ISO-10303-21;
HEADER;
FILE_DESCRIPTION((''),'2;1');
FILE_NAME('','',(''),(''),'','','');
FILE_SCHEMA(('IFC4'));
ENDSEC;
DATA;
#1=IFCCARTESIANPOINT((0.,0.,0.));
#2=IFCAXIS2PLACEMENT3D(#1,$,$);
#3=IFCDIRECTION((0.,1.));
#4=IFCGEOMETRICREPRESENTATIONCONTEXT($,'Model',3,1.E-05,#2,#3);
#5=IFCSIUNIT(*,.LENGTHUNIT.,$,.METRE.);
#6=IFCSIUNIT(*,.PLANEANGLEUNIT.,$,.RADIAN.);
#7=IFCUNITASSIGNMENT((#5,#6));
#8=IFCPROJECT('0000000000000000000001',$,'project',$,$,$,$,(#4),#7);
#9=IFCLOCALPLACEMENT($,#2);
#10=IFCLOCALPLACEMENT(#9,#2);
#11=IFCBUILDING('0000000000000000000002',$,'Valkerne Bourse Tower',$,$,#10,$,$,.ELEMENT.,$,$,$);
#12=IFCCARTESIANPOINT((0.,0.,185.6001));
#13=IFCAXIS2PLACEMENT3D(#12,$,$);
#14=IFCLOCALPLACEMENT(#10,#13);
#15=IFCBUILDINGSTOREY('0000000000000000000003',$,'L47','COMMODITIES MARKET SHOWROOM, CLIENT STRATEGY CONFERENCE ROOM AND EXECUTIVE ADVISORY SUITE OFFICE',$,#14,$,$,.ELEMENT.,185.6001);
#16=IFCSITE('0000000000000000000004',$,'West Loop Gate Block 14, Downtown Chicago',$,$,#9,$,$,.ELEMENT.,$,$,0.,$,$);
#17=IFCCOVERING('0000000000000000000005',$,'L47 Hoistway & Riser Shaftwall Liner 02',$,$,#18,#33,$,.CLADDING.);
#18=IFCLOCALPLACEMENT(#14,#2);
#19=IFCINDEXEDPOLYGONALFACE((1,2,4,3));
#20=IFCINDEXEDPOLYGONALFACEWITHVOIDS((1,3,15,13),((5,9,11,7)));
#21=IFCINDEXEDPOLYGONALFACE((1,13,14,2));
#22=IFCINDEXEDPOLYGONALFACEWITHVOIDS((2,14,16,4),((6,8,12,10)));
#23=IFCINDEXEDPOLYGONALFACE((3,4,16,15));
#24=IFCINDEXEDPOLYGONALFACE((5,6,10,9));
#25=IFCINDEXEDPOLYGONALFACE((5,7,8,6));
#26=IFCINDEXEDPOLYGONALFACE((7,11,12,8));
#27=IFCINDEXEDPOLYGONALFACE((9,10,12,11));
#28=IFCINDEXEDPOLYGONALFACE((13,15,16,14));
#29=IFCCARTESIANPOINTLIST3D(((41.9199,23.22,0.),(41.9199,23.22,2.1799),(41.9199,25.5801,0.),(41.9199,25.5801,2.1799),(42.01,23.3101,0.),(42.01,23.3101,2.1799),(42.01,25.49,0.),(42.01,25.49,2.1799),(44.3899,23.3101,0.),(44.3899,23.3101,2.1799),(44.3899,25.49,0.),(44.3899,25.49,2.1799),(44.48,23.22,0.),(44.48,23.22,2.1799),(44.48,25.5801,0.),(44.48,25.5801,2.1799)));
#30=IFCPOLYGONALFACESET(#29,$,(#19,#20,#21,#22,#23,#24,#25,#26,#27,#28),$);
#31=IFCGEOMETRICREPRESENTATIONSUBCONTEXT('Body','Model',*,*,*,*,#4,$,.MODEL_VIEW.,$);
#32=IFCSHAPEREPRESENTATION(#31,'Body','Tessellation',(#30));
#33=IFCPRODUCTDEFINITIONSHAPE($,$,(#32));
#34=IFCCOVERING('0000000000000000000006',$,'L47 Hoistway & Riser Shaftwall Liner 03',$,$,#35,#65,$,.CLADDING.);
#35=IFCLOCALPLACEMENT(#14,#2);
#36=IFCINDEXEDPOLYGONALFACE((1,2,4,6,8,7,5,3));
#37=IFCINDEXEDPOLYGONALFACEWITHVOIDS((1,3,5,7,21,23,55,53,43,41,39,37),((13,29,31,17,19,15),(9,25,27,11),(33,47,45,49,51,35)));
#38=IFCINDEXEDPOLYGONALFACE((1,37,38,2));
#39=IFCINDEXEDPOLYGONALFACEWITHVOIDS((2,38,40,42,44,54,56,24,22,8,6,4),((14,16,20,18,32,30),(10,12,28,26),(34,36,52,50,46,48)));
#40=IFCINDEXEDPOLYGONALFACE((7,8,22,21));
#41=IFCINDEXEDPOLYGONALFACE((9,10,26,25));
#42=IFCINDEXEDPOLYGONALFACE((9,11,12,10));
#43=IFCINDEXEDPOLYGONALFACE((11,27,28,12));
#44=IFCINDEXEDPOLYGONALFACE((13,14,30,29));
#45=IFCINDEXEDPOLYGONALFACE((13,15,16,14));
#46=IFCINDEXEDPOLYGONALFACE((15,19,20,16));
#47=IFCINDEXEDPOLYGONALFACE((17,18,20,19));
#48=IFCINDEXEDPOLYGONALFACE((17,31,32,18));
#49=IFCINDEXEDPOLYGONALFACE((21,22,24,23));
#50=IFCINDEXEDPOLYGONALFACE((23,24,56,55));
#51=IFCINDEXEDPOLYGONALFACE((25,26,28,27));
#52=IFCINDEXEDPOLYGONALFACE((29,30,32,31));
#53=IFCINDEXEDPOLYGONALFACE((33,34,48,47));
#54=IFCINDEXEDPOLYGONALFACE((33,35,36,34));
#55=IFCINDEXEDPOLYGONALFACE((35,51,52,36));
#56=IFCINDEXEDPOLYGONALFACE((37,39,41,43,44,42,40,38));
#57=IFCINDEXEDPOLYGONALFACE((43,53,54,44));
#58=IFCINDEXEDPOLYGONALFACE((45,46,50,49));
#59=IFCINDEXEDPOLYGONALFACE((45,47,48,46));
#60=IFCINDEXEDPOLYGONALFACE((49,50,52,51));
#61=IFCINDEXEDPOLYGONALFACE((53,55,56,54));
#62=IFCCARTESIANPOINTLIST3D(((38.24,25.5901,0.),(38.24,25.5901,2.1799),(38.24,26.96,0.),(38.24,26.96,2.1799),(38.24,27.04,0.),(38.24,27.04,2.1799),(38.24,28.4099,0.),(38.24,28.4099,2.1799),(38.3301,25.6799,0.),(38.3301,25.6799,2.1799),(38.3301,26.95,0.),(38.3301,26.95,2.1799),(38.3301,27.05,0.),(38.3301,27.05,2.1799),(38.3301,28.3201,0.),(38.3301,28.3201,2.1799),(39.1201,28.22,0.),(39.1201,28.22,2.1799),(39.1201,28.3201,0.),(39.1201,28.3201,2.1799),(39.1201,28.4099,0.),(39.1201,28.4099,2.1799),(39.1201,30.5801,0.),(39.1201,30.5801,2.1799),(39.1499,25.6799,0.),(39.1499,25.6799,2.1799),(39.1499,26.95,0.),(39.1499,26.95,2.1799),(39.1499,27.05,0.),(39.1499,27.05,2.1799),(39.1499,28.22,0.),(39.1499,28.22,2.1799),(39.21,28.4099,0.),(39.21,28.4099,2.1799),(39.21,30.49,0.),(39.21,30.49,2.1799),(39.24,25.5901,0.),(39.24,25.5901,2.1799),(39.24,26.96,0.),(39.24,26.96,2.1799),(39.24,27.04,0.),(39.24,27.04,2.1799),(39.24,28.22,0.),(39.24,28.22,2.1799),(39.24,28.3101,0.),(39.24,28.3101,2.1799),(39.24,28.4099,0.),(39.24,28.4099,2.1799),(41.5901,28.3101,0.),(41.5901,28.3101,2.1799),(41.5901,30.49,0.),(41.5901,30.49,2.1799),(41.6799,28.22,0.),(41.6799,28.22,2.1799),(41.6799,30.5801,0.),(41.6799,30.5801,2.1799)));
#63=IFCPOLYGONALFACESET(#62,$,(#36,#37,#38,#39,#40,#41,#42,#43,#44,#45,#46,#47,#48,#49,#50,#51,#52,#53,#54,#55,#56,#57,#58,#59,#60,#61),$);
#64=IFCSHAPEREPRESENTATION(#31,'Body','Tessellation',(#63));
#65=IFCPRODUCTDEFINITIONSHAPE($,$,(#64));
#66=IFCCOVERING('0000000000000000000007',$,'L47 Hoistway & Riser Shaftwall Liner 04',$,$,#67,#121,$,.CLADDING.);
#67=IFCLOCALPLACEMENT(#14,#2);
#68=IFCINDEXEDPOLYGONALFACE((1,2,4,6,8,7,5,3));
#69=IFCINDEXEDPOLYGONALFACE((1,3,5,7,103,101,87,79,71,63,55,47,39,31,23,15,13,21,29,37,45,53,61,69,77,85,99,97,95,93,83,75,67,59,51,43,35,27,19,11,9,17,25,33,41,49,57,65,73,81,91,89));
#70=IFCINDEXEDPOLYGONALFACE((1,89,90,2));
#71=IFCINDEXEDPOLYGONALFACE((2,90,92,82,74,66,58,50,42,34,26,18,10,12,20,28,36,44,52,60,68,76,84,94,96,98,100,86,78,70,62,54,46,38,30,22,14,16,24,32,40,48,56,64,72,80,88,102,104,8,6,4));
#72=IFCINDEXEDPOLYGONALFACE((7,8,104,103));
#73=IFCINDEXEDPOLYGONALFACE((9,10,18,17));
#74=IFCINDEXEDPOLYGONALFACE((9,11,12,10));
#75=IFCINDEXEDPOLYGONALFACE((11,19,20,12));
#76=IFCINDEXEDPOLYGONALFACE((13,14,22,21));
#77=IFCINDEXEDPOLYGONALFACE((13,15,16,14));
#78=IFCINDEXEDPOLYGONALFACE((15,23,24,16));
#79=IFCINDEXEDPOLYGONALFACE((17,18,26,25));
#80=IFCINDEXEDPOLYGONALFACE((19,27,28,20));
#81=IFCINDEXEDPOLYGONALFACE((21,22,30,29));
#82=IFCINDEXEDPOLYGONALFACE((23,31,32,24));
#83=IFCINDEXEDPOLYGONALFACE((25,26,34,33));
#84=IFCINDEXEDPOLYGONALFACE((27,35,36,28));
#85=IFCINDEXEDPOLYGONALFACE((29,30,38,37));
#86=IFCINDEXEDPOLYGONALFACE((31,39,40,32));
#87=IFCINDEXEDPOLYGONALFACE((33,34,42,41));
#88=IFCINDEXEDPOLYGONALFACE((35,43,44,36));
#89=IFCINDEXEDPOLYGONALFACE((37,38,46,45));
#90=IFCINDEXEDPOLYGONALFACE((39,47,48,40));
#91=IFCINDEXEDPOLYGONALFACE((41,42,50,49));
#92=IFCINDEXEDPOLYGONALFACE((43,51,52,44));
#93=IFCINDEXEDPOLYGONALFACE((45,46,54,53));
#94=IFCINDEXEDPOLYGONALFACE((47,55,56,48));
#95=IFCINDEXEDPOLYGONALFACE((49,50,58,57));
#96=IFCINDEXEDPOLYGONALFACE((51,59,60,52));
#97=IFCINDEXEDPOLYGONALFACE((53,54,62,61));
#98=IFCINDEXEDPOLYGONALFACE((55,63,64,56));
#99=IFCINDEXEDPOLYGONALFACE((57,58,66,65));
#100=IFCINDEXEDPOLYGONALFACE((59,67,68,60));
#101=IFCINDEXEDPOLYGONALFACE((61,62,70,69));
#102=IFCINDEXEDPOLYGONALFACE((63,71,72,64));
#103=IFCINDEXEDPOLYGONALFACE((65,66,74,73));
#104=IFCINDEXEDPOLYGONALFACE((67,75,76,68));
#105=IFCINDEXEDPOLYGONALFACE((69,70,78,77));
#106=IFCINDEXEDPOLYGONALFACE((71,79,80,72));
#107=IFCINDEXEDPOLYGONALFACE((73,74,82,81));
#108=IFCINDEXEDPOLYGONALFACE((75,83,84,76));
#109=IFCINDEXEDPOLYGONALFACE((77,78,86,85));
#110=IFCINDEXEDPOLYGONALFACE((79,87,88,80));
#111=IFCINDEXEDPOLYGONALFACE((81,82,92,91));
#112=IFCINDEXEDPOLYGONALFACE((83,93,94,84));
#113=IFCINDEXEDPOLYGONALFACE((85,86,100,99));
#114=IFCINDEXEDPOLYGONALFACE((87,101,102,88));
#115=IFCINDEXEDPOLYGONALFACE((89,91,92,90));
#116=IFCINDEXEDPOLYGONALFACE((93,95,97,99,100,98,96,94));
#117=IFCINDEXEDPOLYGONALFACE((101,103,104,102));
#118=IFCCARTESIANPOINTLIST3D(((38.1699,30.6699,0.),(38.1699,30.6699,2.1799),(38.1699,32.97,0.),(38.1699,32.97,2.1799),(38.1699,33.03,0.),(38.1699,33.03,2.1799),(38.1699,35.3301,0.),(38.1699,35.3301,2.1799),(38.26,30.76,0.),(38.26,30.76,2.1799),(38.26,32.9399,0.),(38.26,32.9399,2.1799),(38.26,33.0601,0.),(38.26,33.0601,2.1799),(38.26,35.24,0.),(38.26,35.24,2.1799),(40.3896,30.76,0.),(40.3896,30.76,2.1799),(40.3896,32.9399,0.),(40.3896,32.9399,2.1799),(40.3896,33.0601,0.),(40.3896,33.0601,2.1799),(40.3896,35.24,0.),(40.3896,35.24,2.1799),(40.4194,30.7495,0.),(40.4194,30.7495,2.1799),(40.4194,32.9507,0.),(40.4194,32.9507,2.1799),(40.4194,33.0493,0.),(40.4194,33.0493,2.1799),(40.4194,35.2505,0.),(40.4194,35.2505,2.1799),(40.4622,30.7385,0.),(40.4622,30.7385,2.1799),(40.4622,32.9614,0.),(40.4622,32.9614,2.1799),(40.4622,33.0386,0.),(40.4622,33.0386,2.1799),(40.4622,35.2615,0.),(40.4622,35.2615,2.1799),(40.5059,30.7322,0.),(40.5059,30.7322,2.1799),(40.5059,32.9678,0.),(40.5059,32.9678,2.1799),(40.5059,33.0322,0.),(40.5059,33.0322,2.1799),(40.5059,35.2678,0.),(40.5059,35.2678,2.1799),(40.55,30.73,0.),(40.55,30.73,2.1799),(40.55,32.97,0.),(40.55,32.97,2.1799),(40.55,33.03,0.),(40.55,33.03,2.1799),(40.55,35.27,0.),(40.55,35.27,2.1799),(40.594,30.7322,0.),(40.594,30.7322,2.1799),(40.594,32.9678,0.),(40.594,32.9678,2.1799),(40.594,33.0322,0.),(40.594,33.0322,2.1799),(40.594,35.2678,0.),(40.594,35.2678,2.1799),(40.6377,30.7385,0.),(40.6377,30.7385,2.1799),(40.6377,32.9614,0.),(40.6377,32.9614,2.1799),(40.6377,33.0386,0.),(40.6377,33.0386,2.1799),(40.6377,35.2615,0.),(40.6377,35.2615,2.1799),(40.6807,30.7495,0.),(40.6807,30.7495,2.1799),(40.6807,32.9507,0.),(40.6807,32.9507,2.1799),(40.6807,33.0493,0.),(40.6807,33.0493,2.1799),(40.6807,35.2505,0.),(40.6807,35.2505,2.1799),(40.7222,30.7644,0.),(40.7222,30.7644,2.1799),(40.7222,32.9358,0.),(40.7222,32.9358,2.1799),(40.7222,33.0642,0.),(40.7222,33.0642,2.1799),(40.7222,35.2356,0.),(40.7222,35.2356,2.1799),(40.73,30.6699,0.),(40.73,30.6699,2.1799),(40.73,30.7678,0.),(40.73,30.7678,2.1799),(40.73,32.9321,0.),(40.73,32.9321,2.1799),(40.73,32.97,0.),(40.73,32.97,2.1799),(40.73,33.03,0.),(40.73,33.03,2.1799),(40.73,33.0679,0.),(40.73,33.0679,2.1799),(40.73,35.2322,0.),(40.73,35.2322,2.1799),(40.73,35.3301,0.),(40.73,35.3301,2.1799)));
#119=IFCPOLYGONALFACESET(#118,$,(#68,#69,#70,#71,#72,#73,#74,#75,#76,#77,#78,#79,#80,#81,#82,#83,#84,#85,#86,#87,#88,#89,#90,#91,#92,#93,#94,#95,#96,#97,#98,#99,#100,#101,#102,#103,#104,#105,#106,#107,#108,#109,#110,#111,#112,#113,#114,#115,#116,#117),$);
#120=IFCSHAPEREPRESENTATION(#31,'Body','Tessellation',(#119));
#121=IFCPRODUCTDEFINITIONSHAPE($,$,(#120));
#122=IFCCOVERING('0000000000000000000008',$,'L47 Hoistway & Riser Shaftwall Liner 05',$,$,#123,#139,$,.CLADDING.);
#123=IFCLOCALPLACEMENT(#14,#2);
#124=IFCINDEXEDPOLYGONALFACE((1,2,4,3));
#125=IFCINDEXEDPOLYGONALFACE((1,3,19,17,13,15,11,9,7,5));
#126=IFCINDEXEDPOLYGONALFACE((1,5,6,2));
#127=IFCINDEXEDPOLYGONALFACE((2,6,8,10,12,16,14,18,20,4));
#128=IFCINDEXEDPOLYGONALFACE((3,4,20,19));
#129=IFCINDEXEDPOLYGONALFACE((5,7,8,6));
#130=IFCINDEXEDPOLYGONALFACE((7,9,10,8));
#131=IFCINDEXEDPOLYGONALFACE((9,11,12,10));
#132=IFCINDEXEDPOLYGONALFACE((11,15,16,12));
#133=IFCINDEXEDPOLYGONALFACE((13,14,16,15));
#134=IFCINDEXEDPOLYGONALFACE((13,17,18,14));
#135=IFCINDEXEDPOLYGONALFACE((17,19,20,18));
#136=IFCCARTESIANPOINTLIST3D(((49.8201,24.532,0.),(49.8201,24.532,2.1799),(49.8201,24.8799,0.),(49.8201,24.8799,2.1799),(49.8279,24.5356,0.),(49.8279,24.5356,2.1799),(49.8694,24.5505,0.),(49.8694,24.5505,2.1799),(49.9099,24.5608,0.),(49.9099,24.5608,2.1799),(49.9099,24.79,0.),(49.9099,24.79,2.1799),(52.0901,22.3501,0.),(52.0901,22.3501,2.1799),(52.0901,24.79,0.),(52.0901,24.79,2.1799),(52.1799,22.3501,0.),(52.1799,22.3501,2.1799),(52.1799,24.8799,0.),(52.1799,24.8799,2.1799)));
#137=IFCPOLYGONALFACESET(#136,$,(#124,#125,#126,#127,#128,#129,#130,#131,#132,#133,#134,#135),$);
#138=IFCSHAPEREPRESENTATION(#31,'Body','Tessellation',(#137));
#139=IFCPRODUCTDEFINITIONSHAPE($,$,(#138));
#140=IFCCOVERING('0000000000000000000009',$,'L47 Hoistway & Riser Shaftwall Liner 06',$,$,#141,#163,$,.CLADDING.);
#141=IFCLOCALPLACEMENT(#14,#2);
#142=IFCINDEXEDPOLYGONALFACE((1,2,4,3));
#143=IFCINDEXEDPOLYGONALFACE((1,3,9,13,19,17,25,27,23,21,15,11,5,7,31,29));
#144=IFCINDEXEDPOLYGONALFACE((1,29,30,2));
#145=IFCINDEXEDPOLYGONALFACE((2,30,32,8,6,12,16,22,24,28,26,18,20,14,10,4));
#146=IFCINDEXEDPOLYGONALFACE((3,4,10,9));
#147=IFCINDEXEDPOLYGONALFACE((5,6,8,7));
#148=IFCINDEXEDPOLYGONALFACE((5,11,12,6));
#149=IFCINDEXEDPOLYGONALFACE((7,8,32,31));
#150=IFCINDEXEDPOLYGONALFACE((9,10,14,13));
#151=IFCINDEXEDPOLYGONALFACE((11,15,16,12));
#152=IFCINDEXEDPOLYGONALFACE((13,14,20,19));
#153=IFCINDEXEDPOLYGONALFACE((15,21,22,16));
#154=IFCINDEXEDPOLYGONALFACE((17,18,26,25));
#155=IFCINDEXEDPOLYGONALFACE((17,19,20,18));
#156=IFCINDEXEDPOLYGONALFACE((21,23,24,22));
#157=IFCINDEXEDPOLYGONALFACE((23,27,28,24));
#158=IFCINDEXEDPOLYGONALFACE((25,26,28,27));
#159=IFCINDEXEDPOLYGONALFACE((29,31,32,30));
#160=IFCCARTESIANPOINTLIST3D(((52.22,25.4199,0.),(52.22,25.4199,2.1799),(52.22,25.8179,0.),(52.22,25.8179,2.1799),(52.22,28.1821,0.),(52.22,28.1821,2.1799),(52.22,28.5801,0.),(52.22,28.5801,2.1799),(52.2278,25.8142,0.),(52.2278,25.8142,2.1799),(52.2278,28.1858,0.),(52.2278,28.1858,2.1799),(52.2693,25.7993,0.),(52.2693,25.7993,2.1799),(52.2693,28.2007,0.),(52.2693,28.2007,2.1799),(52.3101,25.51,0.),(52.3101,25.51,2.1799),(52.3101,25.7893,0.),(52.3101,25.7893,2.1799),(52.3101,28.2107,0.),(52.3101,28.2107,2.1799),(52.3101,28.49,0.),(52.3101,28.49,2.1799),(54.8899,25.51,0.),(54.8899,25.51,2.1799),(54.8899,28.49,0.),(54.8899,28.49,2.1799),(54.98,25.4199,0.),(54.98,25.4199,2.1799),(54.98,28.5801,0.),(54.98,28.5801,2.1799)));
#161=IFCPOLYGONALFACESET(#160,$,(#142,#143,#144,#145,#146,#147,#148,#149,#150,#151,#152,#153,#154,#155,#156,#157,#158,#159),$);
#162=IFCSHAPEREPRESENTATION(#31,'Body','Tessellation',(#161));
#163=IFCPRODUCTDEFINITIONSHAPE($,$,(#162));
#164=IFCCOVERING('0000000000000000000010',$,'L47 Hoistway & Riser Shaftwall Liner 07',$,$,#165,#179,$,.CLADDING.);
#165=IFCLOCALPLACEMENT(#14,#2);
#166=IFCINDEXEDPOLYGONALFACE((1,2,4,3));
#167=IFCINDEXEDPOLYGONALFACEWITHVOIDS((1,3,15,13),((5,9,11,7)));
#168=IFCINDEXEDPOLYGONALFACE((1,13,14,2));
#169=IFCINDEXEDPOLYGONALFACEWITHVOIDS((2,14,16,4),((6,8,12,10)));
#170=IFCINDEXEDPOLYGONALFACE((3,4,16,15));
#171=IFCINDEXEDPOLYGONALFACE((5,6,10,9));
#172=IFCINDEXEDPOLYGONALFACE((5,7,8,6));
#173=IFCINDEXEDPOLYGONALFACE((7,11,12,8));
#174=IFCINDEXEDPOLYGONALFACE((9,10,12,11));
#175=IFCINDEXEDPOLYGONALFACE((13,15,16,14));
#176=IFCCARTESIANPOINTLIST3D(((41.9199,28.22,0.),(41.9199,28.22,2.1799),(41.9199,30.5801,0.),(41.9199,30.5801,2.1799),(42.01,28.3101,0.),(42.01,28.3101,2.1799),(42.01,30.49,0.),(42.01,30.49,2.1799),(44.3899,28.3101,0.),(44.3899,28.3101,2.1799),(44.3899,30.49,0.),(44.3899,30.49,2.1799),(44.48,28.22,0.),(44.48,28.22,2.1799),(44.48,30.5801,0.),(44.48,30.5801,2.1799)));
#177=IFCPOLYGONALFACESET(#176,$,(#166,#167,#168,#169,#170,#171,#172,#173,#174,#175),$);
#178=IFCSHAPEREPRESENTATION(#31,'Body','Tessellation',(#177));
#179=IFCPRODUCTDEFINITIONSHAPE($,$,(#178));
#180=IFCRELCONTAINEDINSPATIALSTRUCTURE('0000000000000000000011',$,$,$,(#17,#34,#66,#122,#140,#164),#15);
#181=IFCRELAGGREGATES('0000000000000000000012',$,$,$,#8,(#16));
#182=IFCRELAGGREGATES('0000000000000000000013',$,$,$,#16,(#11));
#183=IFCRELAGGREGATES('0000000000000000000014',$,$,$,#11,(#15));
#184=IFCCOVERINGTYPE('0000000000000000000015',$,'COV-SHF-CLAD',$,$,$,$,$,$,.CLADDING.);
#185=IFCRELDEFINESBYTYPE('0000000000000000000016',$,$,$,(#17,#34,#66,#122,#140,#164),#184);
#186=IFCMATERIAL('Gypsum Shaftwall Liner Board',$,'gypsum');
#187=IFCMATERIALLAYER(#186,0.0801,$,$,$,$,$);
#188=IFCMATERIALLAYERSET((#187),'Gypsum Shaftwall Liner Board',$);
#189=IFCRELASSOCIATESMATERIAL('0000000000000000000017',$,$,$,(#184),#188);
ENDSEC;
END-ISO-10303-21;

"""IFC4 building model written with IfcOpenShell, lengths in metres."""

from ifc_helpers import new_model, si_unit, direction, frame, origin, place, context, subcontext, project, spatial, polyline, outline, extrude, material, layer, layer_set, type_object, element, save


model = new_model("IFC4")

# Units and contexts
model_context = context("Model", 3, precision=1e-05, world=origin(), true_north=direction((0.0, 1.0)))
body_context = subcontext(model_context, "Body", "Model", "MODEL_VIEW")
ifc_project = project(units=[si_unit("LENGTHUNIT", "METRE"), si_unit("PLANEANGLEUNIT", "RADIAN")], contexts=[model_context])

# Site, building, storey
site_placement = place(None, origin())
site = spatial("IfcSite", under=ifc_project, at=site_placement, Name="West Loop Gate Block 14, Downtown Chicago", CompositionType="ELEMENT", RefElevation=0.0)
building_placement = place(site_placement, origin())
building = spatial("IfcBuilding", under=site, at=building_placement, Name="Valkerne Bourse Tower", CompositionType="ELEMENT")
storey_placement = place(building_placement, frame((0.0, 0.0, 185.6001)))
storey = spatial("IfcBuildingStorey", under=building, at=storey_placement, Name="L47", Description="COMMODITIES MARKET SHOWROOM, CLIENT STRATEGY CONFERENCE ROOM AND EXECUTIVE ADVISORY SUITE OFFICE", CompositionType="ELEMENT", Elevation=185.6001)

# Coverings
ifc_material_1 = material(Name="Gypsum Shaftwall Liner Board", Category="gypsum")
ifc_layer_1 = layer(ifc_material_1, 0.0801)
ifc_layer_set_1 = layer_set([ifc_layer_1], Name="Gypsum Shaftwall Liner Board")
covering_type_1 = type_object("IfcCoveringType", Name="COV-SHF-CLAD", PredefinedType="CLADDING", material=ifc_layer_set_1)
covering_1_placement = place(storey_placement, origin())
element("IfcCovering", 1, at=covering_1_placement, inside=storey, type_object=covering_type_1, Name="L47 Hoistway & Riser Shaftwall Liner 02", PredefinedType="CLADDING", context=body_context, shape_type="SweptSolid", body=[
    extrude(outline(polyline([(44.48, 23.22), (41.9199, 23.22), (41.9199, 25.5801), (44.48, 25.5801), (44.48, 23.22)]), holes=[polyline([(42.01, 25.49), (42.01, 23.3101), (44.3899, 23.3101), (44.3899, 25.49), (42.01, 25.49)])]), origin(), (0.0, 0.0, 1.0), 2.1799),
])
covering_2_placement = place(storey_placement, origin())
element("IfcCovering", 2, at=covering_2_placement, inside=storey, type_object=covering_type_1, Name="L47 Hoistway & Riser Shaftwall Liner 03", PredefinedType="CLADDING", context=body_context, shape_type="SweptSolid", body=[
    extrude(outline(polyline([(38.24, 28.4099), (39.1201, 28.4099), (39.1201, 30.5801), (41.6799, 30.5801), (41.6799, 28.22), (39.24, 28.22), (39.24, 27.04), (39.24, 26.96), (39.24, 25.5901), (38.24, 25.5901), (38.24, 26.96), (38.24, 27.04), (38.24, 28.4099)]), holes=[polyline([(38.3301, 26.95), (38.3301, 25.6799), (39.1499, 25.6799), (39.1499, 26.95), (38.3301, 26.95)]), polyline([(39.21, 30.49), (39.21, 28.4099), (39.24, 28.4099), (39.24, 28.3101), (41.5901, 28.3101), (41.5901, 30.49), (39.21, 30.49)]), polyline([(38.3301, 27.05), (39.1499, 27.05), (39.1499, 28.22), (39.1201, 28.22), (39.1201, 28.3201), (38.3301, 28.3201), (38.3301, 27.05)])]), origin(), (0.0, 0.0, 1.0), 2.1799),
])
covering_3_placement = place(storey_placement, origin())
element("IfcCovering", 3, at=covering_3_placement, inside=storey, type_object=covering_type_1, Name="L47 Hoistway & Riser Shaftwall Liner 04", PredefinedType="CLADDING", context=body_context, shape_type="SweptSolid", body=[
    extrude(outline(polyline([(38.1699, 35.3301), (40.73, 35.3301), (40.73, 35.2322), (40.7222, 35.2356), (40.6807, 35.2505), (40.6377, 35.2615), (40.594, 35.2678), (40.55, 35.27), (40.5059, 35.2678), (40.4622, 35.2615), (40.4194, 35.2505), (40.3896, 35.24), (38.26, 35.24), (38.26, 33.0601), (40.3896, 33.0601), (40.4194, 33.0493), (40.4622, 33.0386), (40.5059, 33.0322), (40.55, 33.03), (40.594, 33.0322), (40.6377, 33.0386), (40.6807, 33.0493), (40.7222, 33.0642), (40.73, 33.0679), (40.73, 33.03), (40.73, 32.97), (40.73, 32.9321), (40.7222, 32.9358), (40.6807, 32.9507), (40.6377, 32.9614), (40.594, 32.9678), (40.55, 32.97), (40.5059, 32.9678), (40.4622, 32.9614), (40.4194, 32.9507), (40.3896, 32.9399), (38.26, 32.9399), (38.26, 30.76), (40.3896, 30.76), (40.4194, 30.7495), (40.4622, 30.7385), (40.5059, 30.7322), (40.55, 30.73), (40.594, 30.7322), (40.6377, 30.7385), (40.6807, 30.7495), (40.7222, 30.7644), (40.73, 30.7678), (40.73, 30.6699), (38.1699, 30.6699), (38.1699, 32.97), (38.1699, 33.03), (38.1699, 35.3301)])), origin(), (0.0, 0.0, 1.0), 2.1799),
])
covering_4_placement = place(storey_placement, origin())
element("IfcCovering", 4, at=covering_4_placement, inside=storey, type_object=covering_type_1, Name="L47 Hoistway & Riser Shaftwall Liner 05", PredefinedType="CLADDING", context=body_context, shape_type="SweptSolid", body=[
    extrude(outline(polyline([(52.1799, 22.3501), (52.0901, 22.3501), (52.0901, 24.79), (49.9099, 24.79), (49.9099, 24.5608), (49.8694, 24.5505), (49.8279, 24.5356), (49.8201, 24.532), (49.8201, 24.8799), (52.1799, 24.8799), (52.1799, 22.3501)])), origin(), (0.0, 0.0, 1.0), 2.1799),
])
covering_5_placement = place(storey_placement, origin())
element("IfcCovering", 5, at=covering_5_placement, inside=storey, type_object=covering_type_1, Name="L47 Hoistway & Riser Shaftwall Liner 06", PredefinedType="CLADDING", context=body_context, shape_type="SweptSolid", body=[
    extrude(outline(polyline([(54.98, 25.4199), (52.22, 25.4199), (52.22, 25.8179), (52.2278, 25.8142), (52.2693, 25.7993), (52.3101, 25.7893), (52.3101, 25.51), (54.8899, 25.51), (54.8899, 28.49), (52.3101, 28.49), (52.3101, 28.2107), (52.2693, 28.2007), (52.2278, 28.1858), (52.22, 28.1821), (52.22, 28.5801), (54.98, 28.5801), (54.98, 25.4199)])), origin(), (0.0, 0.0, 1.0), 2.1799),
])
covering_6_placement = place(storey_placement, origin())
element("IfcCovering", 6, at=covering_6_placement, inside=storey, type_object=covering_type_1, Name="L47 Hoistway & Riser Shaftwall Liner 07", PredefinedType="CLADDING", context=body_context, shape_type="SweptSolid", body=[
    extrude(outline(polyline([(44.48, 28.22), (41.9199, 28.22), (41.9199, 30.5801), (44.48, 30.5801), (44.48, 28.22)]), holes=[polyline([(42.01, 30.49), (42.01, 28.3101), (44.3899, 28.3101), (44.3899, 30.49), (42.01, 30.49)])]), origin(), (0.0, 0.0, 1.0), 2.1799),
])

save(model, "model.ifc")
